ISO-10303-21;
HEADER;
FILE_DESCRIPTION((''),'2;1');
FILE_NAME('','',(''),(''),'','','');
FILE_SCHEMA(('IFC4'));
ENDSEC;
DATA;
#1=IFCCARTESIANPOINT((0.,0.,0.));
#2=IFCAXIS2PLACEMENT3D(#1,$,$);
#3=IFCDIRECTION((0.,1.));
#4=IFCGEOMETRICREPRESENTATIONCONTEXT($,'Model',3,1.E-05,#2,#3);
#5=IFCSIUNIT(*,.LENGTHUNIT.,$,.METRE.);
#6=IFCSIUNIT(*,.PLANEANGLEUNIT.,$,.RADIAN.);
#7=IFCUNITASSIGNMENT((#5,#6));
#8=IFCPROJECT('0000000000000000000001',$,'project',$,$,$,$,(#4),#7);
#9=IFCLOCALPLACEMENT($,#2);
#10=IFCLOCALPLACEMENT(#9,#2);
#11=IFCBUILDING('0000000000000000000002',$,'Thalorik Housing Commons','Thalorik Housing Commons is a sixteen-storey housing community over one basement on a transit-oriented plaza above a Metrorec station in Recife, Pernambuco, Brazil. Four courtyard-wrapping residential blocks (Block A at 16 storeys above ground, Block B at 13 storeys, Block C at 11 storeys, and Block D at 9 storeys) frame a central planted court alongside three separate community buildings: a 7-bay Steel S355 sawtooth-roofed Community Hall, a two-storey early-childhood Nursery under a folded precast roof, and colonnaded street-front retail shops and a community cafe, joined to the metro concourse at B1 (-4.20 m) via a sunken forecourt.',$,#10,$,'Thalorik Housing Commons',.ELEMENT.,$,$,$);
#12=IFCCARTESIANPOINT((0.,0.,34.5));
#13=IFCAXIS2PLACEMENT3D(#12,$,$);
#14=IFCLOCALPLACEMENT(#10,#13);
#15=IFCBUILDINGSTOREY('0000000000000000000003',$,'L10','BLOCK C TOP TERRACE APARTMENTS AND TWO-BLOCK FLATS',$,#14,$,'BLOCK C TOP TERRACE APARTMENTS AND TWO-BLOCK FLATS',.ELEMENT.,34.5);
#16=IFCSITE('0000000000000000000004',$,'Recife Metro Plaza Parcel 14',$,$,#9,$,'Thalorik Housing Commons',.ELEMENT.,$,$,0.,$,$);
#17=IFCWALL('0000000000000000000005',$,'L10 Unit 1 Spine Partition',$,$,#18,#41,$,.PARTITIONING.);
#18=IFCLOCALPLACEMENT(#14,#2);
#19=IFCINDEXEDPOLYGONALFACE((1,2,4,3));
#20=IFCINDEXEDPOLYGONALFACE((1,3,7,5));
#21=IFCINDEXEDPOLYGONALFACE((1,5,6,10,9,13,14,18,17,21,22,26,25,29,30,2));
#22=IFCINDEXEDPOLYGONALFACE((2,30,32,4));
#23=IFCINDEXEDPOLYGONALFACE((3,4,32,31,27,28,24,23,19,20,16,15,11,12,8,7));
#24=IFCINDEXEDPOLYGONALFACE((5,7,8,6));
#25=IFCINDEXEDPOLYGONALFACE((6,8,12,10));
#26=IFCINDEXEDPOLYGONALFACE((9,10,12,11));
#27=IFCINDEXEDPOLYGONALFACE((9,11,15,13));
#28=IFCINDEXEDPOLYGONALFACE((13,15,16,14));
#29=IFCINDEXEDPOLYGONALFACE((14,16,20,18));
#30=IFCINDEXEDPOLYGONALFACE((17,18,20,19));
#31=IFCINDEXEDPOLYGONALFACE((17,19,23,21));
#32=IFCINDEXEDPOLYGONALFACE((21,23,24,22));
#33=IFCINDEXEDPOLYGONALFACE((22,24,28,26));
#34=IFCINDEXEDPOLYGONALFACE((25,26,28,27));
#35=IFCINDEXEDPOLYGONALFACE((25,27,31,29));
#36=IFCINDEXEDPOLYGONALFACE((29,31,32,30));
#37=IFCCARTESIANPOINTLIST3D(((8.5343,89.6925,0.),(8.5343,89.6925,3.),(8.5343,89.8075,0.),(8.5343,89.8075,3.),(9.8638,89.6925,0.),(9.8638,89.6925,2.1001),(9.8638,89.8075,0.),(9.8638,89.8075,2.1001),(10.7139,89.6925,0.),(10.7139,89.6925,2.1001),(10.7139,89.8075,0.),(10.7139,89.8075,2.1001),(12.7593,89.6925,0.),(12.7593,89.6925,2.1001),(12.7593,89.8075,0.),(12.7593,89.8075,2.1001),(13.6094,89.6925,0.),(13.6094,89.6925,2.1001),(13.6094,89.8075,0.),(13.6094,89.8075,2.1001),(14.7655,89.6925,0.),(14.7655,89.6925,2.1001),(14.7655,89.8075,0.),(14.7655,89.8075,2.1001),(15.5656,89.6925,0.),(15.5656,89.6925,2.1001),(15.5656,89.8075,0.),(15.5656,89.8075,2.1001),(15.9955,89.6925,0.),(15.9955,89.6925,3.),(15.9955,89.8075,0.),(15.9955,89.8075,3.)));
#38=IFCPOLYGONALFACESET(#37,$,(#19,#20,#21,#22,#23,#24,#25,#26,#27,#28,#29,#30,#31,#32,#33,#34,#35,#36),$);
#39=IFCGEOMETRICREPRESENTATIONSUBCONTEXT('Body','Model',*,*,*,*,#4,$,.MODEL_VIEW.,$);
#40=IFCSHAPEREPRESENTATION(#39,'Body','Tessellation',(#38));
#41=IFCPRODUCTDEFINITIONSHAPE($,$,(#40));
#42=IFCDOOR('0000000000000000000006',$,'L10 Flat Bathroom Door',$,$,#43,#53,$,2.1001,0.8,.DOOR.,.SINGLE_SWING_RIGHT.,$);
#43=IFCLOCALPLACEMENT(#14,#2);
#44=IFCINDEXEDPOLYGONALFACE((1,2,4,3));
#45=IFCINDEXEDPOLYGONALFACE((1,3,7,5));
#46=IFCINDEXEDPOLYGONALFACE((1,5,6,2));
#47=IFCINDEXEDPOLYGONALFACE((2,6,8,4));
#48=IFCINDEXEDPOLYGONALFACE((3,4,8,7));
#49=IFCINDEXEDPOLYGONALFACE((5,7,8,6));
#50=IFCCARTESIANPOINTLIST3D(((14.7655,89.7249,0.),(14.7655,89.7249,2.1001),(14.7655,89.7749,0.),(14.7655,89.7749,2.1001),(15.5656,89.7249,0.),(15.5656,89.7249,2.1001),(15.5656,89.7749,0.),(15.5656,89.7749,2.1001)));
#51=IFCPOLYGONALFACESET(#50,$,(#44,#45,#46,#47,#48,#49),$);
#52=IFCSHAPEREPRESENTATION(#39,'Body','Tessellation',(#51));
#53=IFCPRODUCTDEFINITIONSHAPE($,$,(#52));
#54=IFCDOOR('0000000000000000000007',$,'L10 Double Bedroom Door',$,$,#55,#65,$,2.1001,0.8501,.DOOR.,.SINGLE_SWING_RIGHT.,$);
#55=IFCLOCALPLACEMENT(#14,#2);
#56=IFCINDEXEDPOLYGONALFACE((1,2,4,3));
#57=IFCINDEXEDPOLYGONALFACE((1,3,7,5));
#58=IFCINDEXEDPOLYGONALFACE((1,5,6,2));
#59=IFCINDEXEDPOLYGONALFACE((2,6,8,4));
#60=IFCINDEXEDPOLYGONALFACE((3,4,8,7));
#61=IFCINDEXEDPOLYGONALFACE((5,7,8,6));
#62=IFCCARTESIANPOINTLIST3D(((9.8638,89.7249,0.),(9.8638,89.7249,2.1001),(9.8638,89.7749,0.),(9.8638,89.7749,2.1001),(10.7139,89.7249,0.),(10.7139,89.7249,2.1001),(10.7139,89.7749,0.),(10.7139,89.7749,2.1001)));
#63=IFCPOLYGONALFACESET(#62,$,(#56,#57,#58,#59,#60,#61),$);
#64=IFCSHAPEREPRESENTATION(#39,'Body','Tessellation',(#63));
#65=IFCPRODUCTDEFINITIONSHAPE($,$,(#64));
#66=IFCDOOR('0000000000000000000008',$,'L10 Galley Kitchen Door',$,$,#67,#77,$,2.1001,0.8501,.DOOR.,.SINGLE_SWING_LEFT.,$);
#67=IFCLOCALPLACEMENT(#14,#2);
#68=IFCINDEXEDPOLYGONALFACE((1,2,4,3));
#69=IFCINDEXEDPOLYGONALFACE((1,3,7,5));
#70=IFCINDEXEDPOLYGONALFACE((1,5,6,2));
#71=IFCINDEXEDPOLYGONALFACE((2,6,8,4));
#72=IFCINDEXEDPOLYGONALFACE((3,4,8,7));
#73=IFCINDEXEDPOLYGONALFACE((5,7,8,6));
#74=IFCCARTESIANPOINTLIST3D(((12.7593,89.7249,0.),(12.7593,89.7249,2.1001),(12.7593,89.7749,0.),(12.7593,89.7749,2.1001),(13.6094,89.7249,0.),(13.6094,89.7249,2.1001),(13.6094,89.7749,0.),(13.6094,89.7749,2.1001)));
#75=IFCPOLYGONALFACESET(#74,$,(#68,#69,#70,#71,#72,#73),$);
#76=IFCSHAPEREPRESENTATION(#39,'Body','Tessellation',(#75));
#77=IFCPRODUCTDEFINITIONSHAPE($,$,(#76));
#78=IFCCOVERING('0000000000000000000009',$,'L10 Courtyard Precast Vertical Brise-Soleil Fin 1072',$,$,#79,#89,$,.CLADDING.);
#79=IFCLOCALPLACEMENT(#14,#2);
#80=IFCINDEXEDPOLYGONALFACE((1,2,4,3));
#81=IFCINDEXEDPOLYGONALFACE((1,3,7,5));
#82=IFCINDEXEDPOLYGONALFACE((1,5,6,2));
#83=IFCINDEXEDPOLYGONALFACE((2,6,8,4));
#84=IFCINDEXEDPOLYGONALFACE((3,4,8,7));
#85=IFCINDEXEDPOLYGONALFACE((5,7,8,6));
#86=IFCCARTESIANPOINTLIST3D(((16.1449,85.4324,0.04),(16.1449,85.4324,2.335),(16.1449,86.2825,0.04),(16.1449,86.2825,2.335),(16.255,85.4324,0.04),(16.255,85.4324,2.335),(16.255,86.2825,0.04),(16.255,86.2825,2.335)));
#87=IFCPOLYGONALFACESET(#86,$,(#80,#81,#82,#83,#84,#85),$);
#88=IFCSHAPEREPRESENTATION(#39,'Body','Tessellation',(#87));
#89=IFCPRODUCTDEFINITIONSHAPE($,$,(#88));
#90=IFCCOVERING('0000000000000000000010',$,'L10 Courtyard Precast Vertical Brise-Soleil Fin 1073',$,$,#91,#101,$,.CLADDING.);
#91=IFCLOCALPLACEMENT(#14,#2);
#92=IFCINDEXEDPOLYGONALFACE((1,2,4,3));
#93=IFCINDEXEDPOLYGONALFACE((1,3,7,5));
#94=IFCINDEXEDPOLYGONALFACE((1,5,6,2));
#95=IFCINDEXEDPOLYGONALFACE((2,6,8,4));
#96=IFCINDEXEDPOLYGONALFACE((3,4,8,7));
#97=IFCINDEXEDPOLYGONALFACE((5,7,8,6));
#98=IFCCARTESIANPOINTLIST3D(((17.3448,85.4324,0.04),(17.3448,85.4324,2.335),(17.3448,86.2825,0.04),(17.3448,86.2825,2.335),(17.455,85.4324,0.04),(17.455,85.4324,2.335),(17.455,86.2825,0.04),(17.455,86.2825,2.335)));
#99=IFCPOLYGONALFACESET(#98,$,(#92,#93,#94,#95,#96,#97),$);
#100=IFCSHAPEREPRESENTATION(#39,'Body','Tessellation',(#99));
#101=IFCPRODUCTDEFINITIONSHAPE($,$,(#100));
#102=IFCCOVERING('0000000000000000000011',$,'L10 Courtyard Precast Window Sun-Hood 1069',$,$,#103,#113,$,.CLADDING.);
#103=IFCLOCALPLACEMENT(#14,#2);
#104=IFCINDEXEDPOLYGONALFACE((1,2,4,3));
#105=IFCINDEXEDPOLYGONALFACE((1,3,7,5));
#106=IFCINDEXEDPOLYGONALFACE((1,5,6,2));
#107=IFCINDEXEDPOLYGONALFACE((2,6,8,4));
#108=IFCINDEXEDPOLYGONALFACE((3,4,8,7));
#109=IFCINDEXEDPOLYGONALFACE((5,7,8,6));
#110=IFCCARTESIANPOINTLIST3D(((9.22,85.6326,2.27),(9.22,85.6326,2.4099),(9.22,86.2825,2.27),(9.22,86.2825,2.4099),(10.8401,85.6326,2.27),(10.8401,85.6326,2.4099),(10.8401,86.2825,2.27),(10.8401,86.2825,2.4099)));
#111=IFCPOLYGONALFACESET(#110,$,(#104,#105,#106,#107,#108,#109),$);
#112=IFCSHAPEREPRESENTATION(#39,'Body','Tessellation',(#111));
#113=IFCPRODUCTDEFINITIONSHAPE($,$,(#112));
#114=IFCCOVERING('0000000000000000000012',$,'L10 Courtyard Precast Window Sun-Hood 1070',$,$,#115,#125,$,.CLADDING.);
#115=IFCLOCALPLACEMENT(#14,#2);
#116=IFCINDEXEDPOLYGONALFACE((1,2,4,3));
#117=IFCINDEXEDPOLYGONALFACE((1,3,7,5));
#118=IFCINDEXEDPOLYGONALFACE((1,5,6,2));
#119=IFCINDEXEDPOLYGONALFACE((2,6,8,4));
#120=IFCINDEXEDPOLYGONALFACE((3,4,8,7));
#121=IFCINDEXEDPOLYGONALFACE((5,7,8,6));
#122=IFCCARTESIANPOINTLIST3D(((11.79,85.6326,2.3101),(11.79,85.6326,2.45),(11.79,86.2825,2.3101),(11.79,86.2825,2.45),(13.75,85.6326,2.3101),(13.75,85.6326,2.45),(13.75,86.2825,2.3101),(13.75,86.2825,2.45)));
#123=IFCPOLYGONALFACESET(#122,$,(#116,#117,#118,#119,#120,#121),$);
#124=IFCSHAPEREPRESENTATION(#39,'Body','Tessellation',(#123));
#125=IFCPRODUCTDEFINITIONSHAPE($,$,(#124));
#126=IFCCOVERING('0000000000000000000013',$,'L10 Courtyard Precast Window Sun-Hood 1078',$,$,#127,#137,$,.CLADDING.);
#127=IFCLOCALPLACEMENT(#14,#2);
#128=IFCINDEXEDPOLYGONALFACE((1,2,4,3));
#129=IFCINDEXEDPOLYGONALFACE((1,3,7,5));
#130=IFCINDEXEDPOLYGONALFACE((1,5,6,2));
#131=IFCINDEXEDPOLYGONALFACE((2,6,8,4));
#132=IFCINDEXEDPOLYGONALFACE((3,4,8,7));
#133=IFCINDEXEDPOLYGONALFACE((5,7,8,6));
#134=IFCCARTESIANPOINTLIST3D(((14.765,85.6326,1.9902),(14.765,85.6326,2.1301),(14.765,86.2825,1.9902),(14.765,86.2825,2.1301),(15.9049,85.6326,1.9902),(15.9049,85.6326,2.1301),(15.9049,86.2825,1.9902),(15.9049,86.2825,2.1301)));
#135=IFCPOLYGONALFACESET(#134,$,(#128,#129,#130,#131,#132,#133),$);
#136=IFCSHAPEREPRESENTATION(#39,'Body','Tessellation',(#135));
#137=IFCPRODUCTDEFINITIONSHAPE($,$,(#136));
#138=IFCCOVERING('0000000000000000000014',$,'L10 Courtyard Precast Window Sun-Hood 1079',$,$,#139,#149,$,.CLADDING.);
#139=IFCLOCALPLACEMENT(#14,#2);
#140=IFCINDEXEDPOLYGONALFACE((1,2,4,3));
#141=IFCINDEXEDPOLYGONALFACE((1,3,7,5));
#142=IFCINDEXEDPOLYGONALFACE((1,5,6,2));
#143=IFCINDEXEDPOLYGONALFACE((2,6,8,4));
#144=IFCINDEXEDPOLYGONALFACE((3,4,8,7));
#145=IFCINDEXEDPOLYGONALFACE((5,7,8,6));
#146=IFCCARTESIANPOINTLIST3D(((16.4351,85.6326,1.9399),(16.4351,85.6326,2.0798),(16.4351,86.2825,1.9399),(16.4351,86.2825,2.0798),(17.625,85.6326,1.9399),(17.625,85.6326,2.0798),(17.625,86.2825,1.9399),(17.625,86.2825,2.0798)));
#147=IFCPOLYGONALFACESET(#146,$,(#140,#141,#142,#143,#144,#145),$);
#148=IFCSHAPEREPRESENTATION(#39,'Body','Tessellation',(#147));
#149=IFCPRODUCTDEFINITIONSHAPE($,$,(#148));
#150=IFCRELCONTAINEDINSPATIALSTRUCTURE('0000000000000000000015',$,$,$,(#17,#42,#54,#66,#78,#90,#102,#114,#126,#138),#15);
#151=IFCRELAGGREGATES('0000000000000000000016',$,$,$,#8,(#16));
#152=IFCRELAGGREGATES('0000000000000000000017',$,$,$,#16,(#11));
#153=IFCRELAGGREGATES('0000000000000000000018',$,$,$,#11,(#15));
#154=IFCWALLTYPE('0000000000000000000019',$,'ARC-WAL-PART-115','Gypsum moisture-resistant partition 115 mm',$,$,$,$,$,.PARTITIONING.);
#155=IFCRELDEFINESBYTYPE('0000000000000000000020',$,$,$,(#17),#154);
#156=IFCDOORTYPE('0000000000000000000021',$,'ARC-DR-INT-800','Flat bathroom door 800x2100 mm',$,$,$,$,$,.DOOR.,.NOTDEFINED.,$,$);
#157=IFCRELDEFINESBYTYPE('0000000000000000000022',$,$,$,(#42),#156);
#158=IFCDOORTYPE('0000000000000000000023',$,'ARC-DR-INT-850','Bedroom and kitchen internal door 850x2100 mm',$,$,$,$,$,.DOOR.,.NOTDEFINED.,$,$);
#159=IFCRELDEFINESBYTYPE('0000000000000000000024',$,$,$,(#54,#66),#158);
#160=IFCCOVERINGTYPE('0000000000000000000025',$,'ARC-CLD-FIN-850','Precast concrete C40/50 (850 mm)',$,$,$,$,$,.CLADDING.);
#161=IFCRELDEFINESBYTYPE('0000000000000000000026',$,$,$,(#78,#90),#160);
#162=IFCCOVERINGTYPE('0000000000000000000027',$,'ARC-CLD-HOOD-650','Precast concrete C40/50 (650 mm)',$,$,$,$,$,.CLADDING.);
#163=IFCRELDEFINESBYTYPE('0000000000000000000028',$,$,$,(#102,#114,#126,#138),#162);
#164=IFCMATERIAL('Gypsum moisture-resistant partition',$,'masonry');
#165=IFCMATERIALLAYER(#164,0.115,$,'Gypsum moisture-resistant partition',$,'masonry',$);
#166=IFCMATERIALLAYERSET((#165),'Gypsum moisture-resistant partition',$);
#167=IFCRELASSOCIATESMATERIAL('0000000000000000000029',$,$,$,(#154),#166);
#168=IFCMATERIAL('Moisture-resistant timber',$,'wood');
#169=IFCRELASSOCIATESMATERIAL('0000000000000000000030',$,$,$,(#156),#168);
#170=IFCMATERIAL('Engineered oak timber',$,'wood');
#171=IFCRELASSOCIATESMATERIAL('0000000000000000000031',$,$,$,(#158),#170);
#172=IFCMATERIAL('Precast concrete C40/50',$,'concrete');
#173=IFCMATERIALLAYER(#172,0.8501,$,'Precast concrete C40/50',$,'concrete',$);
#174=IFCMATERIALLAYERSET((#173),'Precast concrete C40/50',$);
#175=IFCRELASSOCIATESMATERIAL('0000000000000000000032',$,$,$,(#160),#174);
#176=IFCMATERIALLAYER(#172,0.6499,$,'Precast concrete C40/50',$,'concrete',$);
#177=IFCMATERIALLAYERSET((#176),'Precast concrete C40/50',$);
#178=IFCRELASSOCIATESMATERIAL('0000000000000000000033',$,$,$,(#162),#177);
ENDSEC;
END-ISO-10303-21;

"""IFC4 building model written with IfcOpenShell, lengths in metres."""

from ifc_helpers import new_model, si_unit, direction, frame, frame_2d, origin, origin_2d, place, context, subcontext, project, spatial, rectangle, extrude, material, layer, layer_set, type_object, element, fill, save


model = new_model("IFC4")

# Units and contexts
model_context = context("Model", 3, precision=1e-05, world=origin(), true_north=direction((0.0, 1.0)))
body_context = subcontext(model_context, "Body", "Model", "MODEL_VIEW")
ifc_project = project(units=[si_unit("LENGTHUNIT", "METRE"), si_unit("PLANEANGLEUNIT", "RADIAN")], contexts=[model_context])

# Site, building, storey
site_placement = place(None, origin())
site = spatial("IfcSite", under=ifc_project, at=site_placement, Name="Recife Metro Plaza Parcel 14", LongName="Thalorik Housing Commons", CompositionType="ELEMENT", RefElevation=0.0)
building_placement = place(site_placement, origin())
building = spatial("IfcBuilding", under=site, at=building_placement, Name="Thalorik Housing Commons", Description="Thalorik Housing Commons is a sixteen-storey housing community over one basement on a transit-oriented plaza above a Metrorec station in Recife, Pernambuco, Brazil. Four courtyard-wrapping residential blocks (Block A at 16 storeys above ground, Block B at 13 storeys, Block C at 11 storeys, and Block D at 9 storeys) frame a central planted court alongside three separate community buildings: a 7-bay Steel S355 sawtooth-roofed Community Hall, a two-storey early-childhood Nursery under a folded precast roof, and colonnaded street-front retail shops and a community cafe, joined to the metro concourse at B1 (-4.20 m) via a sunken forecourt.", LongName="Thalorik Housing Commons", CompositionType="ELEMENT")
storey_placement = place(building_placement, frame((0.0, 0.0, 34.5)))
storey = spatial("IfcBuildingStorey", under=building, at=storey_placement, Name="L10", Description="BLOCK C TOP TERRACE APARTMENTS AND TWO-BLOCK FLATS", LongName="BLOCK C TOP TERRACE APARTMENTS AND TWO-BLOCK FLATS", CompositionType="ELEMENT", Elevation=34.5)

# Shared definitions
ifc_material_1 = material(Name="Precast concrete C40/50", Category="concrete")

# Wall, openings, doors
ifc_material_2 = material(Name="Gypsum moisture-resistant partition", Category="masonry")
ifc_layer_1 = layer(ifc_material_2, 0.115, Name="Gypsum moisture-resistant partition", Category="masonry")
ifc_layer_set_1 = layer_set([ifc_layer_1], Name="Gypsum moisture-resistant partition")
wall_type_1 = type_object("IfcWallType", Name="ARC-WAL-PART-115", Description="Gypsum moisture-resistant partition 115 mm", PredefinedType="PARTITIONING", material=ifc_layer_set_1)
wall_1_placement = place(storey_placement, frame((8.5344, 89.75, 0.0), z_axis=(0.0, 0.0, 1.0), x_axis=(1.0, 0.0, 0.0)))
wall_1 = element("IfcWall", 1, at=wall_1_placement, inside=storey, type_object=wall_type_1, Name="L10 Unit 1 Spine Partition", PredefinedType="PARTITIONING", context=body_context, shape_type="SweptSolid", body=[
    extrude(rectangle(XDim=7.4612, YDim=0.115, at=frame_2d((3.7305, 0.0))), origin(), (0.0, 0.0, 1.0), 3.0),
])
opening_1_placement = place(wall_1_placement, frame((1.3293, 0.0, 0.0)))
opening_1 = element("IfcOpeningElement", 2, at=opening_1_placement, cuts=wall_1, PredefinedType="OPENING", context=body_context, shape_type="SweptSolid", body=[
    extrude(rectangle(XDim=0.8501, YDim=2.1001, at=frame_2d((0.425, 1.05))), frame((0.0, 0.0674, 0.0), z_axis=(0.0, -1.0, 0.0), x_axis=(1.0, 0.0, 0.0)), (0.0, 0.0, 1.0), 0.135),
])
opening_2_placement = place(wall_1_placement, frame((4.2249, 0.0, 0.0)))
opening_2 = element("IfcOpeningElement", 3, at=opening_2_placement, cuts=wall_1, PredefinedType="OPENING", context=body_context, shape_type="SweptSolid", body=[
    extrude(rectangle(XDim=0.8501, YDim=2.1001, at=frame_2d((0.425, 1.05))), frame((0.0, 0.0674, 0.0), z_axis=(0.0, -1.0, 0.0), x_axis=(1.0, 0.0, 0.0)), (0.0, 0.0, 1.0), 0.135),
])
opening_3_placement = place(wall_1_placement, frame((6.2312, 0.0, 0.0)))
opening_3 = element("IfcOpeningElement", 4, at=opening_3_placement, cuts=wall_1, PredefinedType="OPENING", context=body_context, shape_type="SweptSolid", body=[
    extrude(rectangle(XDim=0.8, YDim=2.1001, at=frame_2d((0.3999, 1.05))), frame((0.0, 0.0674, 0.0), z_axis=(0.0, -1.0, 0.0), x_axis=(1.0, 0.0, 0.0)), (0.0, 0.0, 1.0), 0.135),
])
ifc_material_3 = material(Name="Moisture-resistant timber", Category="wood")
door_type_1 = type_object("IfcDoorType", Name="ARC-DR-INT-800", Description="Flat bathroom door 800x2100 mm", OperationType="NOTDEFINED", PredefinedType="DOOR", material=ifc_material_3)
door_1_placement = place(opening_3_placement, origin())
door_1 = element("IfcDoor", 5, at=door_1_placement, inside=storey, type_object=door_type_1, Name="L10 Flat Bathroom Door", OperationType="SINGLE_SWING_RIGHT", OverallHeight=2.1001, OverallWidth=0.8, PredefinedType="DOOR", context=body_context, shape_type="SweptSolid", body=[
    extrude(rectangle(XDim=0.8, YDim=2.1001, at=frame_2d((0.3999, 1.05))), frame((0.0, 0.0249, 0.0), z_axis=(0.0, -1.0, 0.0), x_axis=(1.0, 0.0, 0.0)), (0.0, 0.0, 1.0), 0.05),
])
fill(opening_3, door_1)
ifc_material_4 = material(Name="Engineered oak timber", Category="wood")
door_type_2 = type_object("IfcDoorType", Name="ARC-DR-INT-850", Description="Bedroom and kitchen internal door 850x2100 mm", OperationType="NOTDEFINED", PredefinedType="DOOR", material=ifc_material_4)
door_2_placement = place(opening_1_placement, origin())
door_2 = element("IfcDoor", 6, at=door_2_placement, inside=storey, type_object=door_type_2, Name="L10 Double Bedroom Door", OperationType="SINGLE_SWING_RIGHT", OverallHeight=2.1001, OverallWidth=0.8501, PredefinedType="DOOR", context=body_context, shape_type="SweptSolid", body=[
    extrude(rectangle(XDim=0.8501, YDim=2.1001, at=frame_2d((0.425, 1.05))), frame((0.0, 0.0249, 0.0), z_axis=(0.0, -1.0, 0.0), x_axis=(1.0, 0.0, 0.0)), (0.0, 0.0, 1.0), 0.05),
])
fill(opening_1, door_2)
door_3_placement = place(opening_2_placement, origin())
door_3 = element("IfcDoor", 7, at=door_3_placement, inside=storey, type_object=door_type_2, Name="L10 Galley Kitchen Door", OperationType="SINGLE_SWING_LEFT", OverallHeight=2.1001, OverallWidth=0.8501, PredefinedType="DOOR", context=body_context, shape_type="SweptSolid", body=[
    extrude(rectangle(XDim=0.8501, YDim=2.1001, at=frame_2d((0.425, 1.05))), frame((0.0, 0.0249, 0.0), z_axis=(0.0, -1.0, 0.0), x_axis=(1.0, 0.0, 0.0)), (0.0, 0.0, 1.0), 0.05),
])
fill(opening_2, door_3)

# Coverings
ifc_layer_2 = layer(ifc_material_1, 0.8501, Name="Precast concrete C40/50", Category="concrete")
ifc_layer_set_2 = layer_set([ifc_layer_2], Name="Precast concrete C40/50")
covering_type_1 = type_object("IfcCoveringType", Name="ARC-CLD-FIN-850", Description="Precast concrete C40/50 (850 mm)", PredefinedType="CLADDING", material=ifc_layer_set_2)
for number, where, z_axis, x_axis, name in (
    (8, (16.2, 85.8574, 0.04), (0.0, 0.0, 1.0), (1.0, 0.0, 0.0), "L10 Courtyard Precast Vertical Brise-Soleil Fin 1072"),
    (9, (17.3999, 85.8574, 0.04), (0.0, 0.0, 1.0), (1.0, 0.0, 0.0), "L10 Courtyard Precast Vertical Brise-Soleil Fin 1073"),
):
    element("IfcCovering", number, at=place(storey_placement, frame(where, z_axis=z_axis, x_axis=x_axis)), inside=storey, type_object=covering_type_1, Name=name, PredefinedType="CLADDING", context=body_context, shape_type="SweptSolid", body=[
        extrude(rectangle(XDim=0.1101, YDim=0.8501, at=origin_2d()), origin(), (0.0, 0.0, 1.0), 2.2949),
    ])
ifc_layer_3 = layer(ifc_material_1, 0.6499, Name="Precast concrete C40/50", Category="concrete")
ifc_layer_set_3 = layer_set([ifc_layer_3], Name="Precast concrete C40/50")
covering_type_2 = type_object("IfcCoveringType", Name="ARC-CLD-HOOD-650", Description="Precast concrete C40/50 (650 mm)", PredefinedType="CLADDING", material=ifc_layer_set_3)
covering_1_placement = place(storey_placement, frame((10.03, 85.9575, 2.27), z_axis=(0.0, 0.0, 1.0), x_axis=(1.0, 0.0, 0.0)))
element("IfcCovering", 10, at=covering_1_placement, inside=storey, type_object=covering_type_2, Name="L10 Courtyard Precast Window Sun-Hood 1069", PredefinedType="CLADDING", context=body_context, shape_type="SweptSolid", body=[
    extrude(rectangle(XDim=1.6201, YDim=0.6499, at=origin_2d()), origin(), (0.0, 0.0, 1.0), 0.1399),
])
covering_2_placement = place(storey_placement, frame((12.77, 85.9575, 2.3101), z_axis=(0.0, 0.0, 1.0), x_axis=(1.0, 0.0, 0.0)))
element("IfcCovering", 11, at=covering_2_placement, inside=storey, type_object=covering_type_2, Name="L10 Courtyard Precast Window Sun-Hood 1070", PredefinedType="CLADDING", context=body_context, shape_type="SweptSolid", body=[
    extrude(rectangle(XDim=1.96, YDim=0.6499, at=origin_2d()), origin(), (0.0, 0.0, 1.0), 0.1399),
])
covering_3_placement = place(storey_placement, frame((15.335, 85.9575, 1.9902), z_axis=(0.0, 0.0, 1.0), x_axis=(1.0, 0.0, 0.0)))
element("IfcCovering", 12, at=covering_3_placement, inside=storey, type_object=covering_type_2, Name="L10 Courtyard Precast Window Sun-Hood 1078", PredefinedType="CLADDING", context=body_context, shape_type="SweptSolid", body=[
    extrude(rectangle(XDim=1.1399, YDim=0.6499, at=origin_2d()), origin(), (0.0, 0.0, 1.0), 0.1399),
])
covering_4_placement = place(storey_placement, frame((17.03, 85.9575, 1.9399), z_axis=(0.0, 0.0, 1.0), x_axis=(1.0, 0.0, 0.0)))
element("IfcCovering", 13, at=covering_4_placement, inside=storey, type_object=covering_type_2, Name="L10 Courtyard Precast Window Sun-Hood 1079", PredefinedType="CLADDING", context=body_context, shape_type="SweptSolid", body=[
    extrude(rectangle(XDim=1.1899, YDim=0.6499, at=origin_2d()), origin(), (0.0, 0.0, 1.0), 0.1399),
])

save(model, "model.ifc")
